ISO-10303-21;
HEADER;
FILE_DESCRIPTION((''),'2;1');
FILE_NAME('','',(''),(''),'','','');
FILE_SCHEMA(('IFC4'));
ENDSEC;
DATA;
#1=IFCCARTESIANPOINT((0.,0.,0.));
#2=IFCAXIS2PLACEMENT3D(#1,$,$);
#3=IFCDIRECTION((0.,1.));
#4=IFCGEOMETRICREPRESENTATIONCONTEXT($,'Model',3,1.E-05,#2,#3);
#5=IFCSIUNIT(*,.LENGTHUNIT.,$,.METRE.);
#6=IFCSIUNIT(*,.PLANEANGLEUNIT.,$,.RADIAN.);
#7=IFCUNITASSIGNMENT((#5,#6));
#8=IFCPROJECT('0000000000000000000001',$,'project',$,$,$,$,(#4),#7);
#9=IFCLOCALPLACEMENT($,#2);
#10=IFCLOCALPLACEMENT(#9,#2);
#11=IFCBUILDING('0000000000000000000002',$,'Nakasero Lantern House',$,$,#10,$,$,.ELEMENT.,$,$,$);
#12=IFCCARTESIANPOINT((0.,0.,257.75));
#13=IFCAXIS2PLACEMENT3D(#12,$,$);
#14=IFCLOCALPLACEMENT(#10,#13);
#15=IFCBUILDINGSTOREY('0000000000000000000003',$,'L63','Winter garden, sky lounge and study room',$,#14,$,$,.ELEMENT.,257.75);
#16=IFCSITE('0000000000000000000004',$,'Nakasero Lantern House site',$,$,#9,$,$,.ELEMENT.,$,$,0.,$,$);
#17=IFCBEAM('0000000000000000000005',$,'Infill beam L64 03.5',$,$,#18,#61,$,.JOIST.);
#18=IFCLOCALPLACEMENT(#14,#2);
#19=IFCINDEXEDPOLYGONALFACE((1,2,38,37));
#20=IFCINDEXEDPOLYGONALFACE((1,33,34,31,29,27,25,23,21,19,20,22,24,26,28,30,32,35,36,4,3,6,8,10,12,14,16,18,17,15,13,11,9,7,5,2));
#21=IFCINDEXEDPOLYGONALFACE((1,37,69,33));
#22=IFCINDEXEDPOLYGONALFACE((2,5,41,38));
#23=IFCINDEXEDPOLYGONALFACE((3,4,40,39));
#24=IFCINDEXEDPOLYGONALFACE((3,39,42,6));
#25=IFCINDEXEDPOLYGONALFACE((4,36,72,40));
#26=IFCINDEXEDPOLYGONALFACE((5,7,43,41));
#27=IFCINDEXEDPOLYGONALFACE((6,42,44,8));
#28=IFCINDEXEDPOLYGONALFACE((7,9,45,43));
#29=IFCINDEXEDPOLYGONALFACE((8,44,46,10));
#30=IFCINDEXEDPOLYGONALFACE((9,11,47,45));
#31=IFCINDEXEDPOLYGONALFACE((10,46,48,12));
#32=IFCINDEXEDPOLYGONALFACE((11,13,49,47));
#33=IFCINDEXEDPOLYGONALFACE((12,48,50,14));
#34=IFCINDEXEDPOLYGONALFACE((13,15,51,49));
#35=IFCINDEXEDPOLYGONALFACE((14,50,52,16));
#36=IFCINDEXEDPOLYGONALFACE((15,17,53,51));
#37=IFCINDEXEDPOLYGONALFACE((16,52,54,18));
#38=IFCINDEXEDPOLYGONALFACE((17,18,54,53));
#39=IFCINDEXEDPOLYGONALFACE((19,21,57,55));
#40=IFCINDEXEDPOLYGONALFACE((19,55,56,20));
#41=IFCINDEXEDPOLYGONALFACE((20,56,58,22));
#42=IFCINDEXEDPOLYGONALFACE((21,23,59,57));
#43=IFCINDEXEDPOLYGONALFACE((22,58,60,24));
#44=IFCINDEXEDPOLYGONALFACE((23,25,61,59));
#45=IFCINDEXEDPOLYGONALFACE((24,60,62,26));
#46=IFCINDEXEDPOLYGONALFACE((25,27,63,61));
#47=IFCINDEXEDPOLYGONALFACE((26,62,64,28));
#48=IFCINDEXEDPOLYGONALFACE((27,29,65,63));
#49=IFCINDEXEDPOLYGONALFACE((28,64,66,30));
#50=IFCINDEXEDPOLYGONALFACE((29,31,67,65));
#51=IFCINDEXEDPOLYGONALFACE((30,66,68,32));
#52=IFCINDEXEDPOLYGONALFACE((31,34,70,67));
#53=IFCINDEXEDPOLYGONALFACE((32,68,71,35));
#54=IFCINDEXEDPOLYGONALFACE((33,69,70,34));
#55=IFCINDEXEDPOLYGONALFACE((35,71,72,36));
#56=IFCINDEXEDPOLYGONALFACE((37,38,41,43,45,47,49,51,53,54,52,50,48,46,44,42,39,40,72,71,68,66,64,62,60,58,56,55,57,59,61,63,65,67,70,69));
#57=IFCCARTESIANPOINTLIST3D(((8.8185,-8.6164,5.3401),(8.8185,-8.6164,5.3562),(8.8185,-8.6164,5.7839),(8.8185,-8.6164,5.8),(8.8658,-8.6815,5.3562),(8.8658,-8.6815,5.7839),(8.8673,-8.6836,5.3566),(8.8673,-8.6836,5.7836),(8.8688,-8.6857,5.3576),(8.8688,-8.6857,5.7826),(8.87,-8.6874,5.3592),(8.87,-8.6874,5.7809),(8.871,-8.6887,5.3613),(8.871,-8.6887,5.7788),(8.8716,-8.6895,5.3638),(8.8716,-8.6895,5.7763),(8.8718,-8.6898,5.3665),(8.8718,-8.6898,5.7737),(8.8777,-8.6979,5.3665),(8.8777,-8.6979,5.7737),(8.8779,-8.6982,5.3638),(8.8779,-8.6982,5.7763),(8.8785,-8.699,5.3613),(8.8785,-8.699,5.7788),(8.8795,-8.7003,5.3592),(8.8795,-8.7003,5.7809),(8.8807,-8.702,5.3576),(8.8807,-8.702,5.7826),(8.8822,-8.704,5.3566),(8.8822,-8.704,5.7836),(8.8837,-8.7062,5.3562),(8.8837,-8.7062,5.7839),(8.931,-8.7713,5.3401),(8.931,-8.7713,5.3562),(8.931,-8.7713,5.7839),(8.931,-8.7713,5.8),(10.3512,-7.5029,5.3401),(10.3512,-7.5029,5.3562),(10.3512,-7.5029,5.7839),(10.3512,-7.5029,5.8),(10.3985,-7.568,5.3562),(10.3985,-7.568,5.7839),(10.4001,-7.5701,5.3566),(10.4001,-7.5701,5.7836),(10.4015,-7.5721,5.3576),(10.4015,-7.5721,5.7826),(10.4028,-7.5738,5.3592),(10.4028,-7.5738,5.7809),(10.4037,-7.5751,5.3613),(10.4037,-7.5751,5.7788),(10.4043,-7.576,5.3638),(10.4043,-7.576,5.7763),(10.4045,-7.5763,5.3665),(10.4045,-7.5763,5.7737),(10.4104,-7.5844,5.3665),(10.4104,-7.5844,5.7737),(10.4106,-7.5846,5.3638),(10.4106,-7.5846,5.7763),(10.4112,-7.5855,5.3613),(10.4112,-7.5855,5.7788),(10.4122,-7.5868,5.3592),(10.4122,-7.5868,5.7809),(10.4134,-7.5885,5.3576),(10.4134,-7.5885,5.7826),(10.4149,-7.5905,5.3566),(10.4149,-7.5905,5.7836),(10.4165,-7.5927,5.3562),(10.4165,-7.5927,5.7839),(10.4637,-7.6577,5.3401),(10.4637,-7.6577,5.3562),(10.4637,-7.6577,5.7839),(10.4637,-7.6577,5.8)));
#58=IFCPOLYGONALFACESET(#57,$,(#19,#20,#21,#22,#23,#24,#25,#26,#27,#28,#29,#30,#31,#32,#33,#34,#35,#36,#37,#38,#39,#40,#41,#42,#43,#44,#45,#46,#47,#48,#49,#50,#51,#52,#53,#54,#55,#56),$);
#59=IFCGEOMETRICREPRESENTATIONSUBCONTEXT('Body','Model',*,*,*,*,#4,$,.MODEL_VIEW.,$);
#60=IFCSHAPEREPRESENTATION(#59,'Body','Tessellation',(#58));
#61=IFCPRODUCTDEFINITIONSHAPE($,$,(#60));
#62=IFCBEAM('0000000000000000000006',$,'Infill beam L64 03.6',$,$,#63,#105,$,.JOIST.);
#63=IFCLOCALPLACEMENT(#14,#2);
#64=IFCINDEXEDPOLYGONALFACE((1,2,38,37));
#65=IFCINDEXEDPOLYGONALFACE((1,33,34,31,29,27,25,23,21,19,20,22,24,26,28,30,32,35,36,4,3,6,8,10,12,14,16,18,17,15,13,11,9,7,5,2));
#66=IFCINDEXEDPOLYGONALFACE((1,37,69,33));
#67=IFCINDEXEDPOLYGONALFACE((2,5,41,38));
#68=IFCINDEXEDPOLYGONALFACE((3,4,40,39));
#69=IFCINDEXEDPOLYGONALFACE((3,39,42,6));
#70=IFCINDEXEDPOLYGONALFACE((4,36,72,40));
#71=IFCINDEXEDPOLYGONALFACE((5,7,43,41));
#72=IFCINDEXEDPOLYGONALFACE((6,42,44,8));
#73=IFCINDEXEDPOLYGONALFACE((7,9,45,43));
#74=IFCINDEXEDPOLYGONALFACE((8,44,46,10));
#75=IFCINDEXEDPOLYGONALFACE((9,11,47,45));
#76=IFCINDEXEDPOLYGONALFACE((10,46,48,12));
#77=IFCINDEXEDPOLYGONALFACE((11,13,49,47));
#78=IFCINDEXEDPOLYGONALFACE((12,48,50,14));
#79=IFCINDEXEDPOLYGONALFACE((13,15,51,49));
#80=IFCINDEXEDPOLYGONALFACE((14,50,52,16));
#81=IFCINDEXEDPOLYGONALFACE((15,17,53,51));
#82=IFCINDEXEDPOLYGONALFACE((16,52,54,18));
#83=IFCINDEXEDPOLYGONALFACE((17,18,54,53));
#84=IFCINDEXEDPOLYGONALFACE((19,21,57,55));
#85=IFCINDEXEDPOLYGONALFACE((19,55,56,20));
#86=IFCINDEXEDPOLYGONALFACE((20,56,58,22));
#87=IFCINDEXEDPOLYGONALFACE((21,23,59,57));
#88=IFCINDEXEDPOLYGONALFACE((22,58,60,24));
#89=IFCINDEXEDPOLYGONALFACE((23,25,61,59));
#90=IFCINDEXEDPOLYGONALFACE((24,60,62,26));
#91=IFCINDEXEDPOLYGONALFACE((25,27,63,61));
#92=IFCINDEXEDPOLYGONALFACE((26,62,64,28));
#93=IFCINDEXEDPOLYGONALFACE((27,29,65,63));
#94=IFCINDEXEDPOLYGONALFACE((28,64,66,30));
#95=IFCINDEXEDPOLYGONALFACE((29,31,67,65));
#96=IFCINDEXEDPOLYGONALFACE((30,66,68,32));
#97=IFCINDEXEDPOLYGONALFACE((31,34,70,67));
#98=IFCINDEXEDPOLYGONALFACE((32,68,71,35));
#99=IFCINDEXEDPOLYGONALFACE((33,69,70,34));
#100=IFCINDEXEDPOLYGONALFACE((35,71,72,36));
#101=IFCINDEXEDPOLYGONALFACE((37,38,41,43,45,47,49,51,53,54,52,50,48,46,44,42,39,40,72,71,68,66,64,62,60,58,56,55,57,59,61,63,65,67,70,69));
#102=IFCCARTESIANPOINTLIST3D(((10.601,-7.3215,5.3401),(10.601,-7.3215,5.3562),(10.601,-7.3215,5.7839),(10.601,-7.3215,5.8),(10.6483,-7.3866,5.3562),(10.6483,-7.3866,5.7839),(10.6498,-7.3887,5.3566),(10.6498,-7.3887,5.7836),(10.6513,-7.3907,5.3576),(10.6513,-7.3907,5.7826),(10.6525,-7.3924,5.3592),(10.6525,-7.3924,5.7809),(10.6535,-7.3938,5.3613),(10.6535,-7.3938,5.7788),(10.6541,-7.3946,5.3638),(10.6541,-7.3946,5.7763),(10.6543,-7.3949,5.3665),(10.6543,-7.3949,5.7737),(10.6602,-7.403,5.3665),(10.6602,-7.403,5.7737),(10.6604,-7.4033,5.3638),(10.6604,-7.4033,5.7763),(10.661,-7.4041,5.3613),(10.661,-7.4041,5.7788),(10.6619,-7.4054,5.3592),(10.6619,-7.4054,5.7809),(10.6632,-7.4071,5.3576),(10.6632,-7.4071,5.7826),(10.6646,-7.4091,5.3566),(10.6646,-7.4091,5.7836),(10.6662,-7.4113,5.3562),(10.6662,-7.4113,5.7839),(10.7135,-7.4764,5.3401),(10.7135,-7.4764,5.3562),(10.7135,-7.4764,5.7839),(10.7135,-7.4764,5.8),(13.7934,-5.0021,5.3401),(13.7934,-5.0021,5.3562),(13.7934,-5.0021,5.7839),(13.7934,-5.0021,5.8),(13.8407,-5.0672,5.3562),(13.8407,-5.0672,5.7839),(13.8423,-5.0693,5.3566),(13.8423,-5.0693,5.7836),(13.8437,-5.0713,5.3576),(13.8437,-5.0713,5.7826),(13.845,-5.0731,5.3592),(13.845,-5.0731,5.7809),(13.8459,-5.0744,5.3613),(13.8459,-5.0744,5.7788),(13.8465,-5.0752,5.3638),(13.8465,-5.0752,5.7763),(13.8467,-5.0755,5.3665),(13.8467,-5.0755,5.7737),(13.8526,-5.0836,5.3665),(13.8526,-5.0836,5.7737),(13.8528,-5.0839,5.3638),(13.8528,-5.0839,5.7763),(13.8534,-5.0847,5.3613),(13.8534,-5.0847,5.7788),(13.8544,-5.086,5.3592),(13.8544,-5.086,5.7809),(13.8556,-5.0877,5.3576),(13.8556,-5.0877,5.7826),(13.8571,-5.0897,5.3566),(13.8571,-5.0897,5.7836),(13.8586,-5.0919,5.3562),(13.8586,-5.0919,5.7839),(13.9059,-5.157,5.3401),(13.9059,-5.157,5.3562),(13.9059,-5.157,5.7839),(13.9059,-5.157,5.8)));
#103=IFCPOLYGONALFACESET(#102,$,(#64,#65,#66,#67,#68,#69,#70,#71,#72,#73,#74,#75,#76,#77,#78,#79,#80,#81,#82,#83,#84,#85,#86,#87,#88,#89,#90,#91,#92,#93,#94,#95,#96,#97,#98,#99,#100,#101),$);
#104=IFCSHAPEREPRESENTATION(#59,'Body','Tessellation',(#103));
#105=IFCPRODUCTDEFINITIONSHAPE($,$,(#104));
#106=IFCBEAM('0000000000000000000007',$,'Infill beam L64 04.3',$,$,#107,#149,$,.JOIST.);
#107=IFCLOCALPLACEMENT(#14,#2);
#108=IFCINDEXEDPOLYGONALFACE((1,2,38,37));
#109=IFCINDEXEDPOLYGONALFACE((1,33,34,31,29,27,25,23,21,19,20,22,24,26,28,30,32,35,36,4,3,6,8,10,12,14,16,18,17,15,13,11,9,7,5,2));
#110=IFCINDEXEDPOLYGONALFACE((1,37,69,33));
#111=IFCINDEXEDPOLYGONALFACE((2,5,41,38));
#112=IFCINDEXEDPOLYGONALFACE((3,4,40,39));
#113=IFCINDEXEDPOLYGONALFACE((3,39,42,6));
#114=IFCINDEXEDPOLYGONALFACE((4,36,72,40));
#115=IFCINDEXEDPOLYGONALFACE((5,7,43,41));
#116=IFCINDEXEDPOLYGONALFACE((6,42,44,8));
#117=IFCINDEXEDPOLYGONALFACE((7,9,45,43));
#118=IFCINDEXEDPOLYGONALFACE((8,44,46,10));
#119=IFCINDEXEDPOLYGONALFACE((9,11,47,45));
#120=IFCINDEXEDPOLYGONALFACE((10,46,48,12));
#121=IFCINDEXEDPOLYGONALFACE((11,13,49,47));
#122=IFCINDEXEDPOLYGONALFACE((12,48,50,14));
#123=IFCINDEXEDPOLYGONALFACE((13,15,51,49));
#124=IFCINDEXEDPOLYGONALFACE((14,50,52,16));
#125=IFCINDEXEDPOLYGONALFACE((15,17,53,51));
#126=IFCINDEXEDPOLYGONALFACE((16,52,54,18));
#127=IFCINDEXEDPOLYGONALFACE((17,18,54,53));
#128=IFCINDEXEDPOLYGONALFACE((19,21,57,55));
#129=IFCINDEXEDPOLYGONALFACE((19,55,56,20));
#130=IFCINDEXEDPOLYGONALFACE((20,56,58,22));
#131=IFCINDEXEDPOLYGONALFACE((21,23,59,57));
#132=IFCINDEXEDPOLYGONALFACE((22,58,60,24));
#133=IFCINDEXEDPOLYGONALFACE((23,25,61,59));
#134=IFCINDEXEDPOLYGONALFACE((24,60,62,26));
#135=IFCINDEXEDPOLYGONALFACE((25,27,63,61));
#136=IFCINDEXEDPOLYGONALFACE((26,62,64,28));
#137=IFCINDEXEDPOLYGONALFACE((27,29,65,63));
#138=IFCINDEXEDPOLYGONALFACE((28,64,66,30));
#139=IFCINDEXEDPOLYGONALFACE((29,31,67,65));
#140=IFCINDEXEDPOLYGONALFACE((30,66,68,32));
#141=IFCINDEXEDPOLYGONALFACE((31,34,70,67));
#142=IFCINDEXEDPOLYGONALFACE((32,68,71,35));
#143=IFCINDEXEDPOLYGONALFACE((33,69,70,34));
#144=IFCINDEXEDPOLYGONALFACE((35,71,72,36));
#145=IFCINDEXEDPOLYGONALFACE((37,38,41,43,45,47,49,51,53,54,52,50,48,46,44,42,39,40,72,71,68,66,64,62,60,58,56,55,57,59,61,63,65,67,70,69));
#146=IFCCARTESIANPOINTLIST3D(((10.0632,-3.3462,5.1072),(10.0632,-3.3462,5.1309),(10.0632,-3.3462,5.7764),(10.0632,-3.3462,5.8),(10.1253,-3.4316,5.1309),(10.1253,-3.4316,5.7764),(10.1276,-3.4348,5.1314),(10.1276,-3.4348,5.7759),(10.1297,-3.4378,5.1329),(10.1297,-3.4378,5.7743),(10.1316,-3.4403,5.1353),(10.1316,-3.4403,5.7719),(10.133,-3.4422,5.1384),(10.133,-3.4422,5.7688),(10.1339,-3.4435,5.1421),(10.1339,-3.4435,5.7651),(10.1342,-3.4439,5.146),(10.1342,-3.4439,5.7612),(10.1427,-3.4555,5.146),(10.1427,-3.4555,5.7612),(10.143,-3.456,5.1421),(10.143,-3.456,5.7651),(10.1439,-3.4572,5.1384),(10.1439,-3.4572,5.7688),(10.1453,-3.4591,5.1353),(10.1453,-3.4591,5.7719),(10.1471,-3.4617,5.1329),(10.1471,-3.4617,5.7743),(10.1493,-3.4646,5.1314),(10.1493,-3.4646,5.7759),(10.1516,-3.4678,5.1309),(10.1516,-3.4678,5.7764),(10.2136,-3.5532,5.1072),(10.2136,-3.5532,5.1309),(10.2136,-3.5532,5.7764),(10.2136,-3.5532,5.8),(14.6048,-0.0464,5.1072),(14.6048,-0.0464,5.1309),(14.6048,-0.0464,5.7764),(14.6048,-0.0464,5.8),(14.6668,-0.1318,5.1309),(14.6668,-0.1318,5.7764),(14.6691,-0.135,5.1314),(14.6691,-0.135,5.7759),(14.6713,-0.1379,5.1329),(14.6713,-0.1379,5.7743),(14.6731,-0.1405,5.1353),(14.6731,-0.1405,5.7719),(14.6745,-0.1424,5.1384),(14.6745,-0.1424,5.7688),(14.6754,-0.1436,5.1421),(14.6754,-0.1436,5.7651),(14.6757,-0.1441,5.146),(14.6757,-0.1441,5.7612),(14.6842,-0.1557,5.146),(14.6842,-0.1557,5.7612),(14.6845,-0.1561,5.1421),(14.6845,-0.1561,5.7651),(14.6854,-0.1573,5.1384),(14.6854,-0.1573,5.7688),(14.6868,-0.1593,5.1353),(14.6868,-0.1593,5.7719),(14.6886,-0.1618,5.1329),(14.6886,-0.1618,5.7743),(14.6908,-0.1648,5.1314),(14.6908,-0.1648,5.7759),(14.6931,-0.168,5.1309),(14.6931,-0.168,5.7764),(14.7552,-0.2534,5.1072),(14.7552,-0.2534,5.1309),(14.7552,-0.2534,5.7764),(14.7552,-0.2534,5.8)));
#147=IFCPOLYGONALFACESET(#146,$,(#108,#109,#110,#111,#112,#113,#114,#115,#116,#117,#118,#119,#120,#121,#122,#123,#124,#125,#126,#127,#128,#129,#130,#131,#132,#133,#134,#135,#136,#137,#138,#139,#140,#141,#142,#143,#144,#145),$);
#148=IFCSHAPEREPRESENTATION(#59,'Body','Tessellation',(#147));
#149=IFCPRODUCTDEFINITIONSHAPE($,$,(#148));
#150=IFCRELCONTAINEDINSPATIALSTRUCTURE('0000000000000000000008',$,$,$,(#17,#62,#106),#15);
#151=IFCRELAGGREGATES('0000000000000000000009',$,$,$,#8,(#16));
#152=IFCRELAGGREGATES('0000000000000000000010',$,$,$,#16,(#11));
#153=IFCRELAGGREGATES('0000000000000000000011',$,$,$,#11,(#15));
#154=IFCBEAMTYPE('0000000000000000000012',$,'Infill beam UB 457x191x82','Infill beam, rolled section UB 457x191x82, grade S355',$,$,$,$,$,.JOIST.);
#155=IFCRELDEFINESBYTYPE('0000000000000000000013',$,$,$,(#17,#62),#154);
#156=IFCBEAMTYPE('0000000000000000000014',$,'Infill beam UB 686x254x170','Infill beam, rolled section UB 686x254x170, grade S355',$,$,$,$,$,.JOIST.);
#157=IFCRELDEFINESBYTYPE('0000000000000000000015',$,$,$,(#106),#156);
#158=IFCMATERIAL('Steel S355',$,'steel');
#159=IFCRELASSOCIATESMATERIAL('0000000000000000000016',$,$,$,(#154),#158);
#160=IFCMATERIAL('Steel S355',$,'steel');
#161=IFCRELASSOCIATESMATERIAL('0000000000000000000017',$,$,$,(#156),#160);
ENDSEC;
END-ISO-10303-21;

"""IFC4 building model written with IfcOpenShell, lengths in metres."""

from ifc_helpers import new_model, si_unit, direction, frame, origin, origin_2d, place, context, subcontext, project, spatial, i_section, extrude, material, material_profile, profile_set, type_object, element, save


model = new_model("IFC4")

# Units and contexts
model_context = context("Model", 3, precision=1e-05, world=origin(), true_north=direction((0.0, 1.0)))
body_context = subcontext(model_context, "Body", "Model", "MODEL_VIEW")
ifc_project = project(units=[si_unit("LENGTHUNIT", "METRE"), si_unit("PLANEANGLEUNIT", "RADIAN")], contexts=[model_context])

# Site, building, storey
site_placement = place(None, origin())
site = spatial("IfcSite", under=ifc_project, at=site_placement, Name="Nakasero Lantern House site", CompositionType="ELEMENT", RefElevation=0.0)
building_placement = place(site_placement, origin())
building = spatial("IfcBuilding", under=site, at=building_placement, Name="Nakasero Lantern House", CompositionType="ELEMENT")
storey_placement = place(building_placement, frame((0.0, 0.0, 257.75)))
storey = spatial("IfcBuildingStorey", under=building, at=storey_placement, Name="L63", Description="Winter garden, sky lounge and study room", CompositionType="ELEMENT", Elevation=257.75)

# Beams
ifc_material_1 = material(Name="Steel S355", Category="steel")
ifc_material_profile_1 = material_profile(ifc_material_1, i_section(OverallWidth=0.1914, OverallDepth=0.46, WebThickness=0.01, FlangeThickness=0.0161, FilletRadius=0.0103, at=origin_2d()), Name="UB 457x191x82")
ifc_profile_set_1 = profile_set([ifc_material_profile_1], Name="Steel S355")
beam_type_1 = type_object("IfcBeamType", Name="Infill beam UB 457x191x82", Description="Infill beam, rolled section UB 457x191x82, grade S355", PredefinedType="JOIST", material=ifc_profile_set_1)
beam_1_placement = place(storey_placement, frame((8.8748, -8.6938, 5.5701), z_axis=(0.809031, 0.587766, 0.0), x_axis=(-0.587766, 0.809031, 0.0)))
element("IfcBeam", 1, at=beam_1_placement, inside=storey, type_object=beam_type_1, Name="Infill beam L64 03.5", PredefinedType="JOIST", context=body_context, shape_type="SweptSolid", body=[
    extrude(i_section(OverallWidth=0.1914, OverallDepth=0.46, WebThickness=0.01, FlangeThickness=0.0161, FilletRadius=0.0103, at=origin_2d()), origin(), (0.0, 0.0, 1.0), 1.8945),
])
beam_2_placement = place(storey_placement, frame((10.6572, -7.3989, 5.5701), z_axis=(0.809025, 0.587774, 0.0), x_axis=(-0.587774, 0.809025, 0.0)))
element("IfcBeam", 2, at=beam_2_placement, inside=storey, type_object=beam_type_1, Name="Infill beam L64 03.6", PredefinedType="JOIST", context=body_context, shape_type="SweptSolid", body=[
    extrude(i_section(OverallWidth=0.1914, OverallDepth=0.46, WebThickness=0.01, FlangeThickness=0.0161, FilletRadius=0.0103, at=origin_2d()), origin(), (0.0, 0.0, 1.0), 3.946),
])
ifc_material_2 = material(Name="Steel S355", Category="steel")
ifc_material_profile_2 = material_profile(ifc_material_2, i_section(OverallWidth=0.2559, OverallDepth=0.6929, WebThickness=0.0144, FlangeThickness=0.0237, FilletRadius=0.0151, at=origin_2d()), Name="UB 686x254x170")
ifc_profile_set_2 = profile_set([ifc_material_profile_2], Name="Steel S355")
beam_type_2 = type_object("IfcBeamType", Name="Infill beam UB 686x254x170", Description="Infill beam, rolled section UB 686x254x170, grade S355", PredefinedType="JOIST", material=ifc_profile_set_2)
beam_3_placement = place(storey_placement, frame((10.1384, -3.4497, 5.4536), z_axis=(0.808999, 0.58781, 0.0), x_axis=(-0.58781, 0.808999, 0.0)))
element("IfcBeam", 3, at=beam_3_placement, inside=storey, type_object=beam_type_2, Name="Infill beam L64 04.3", PredefinedType="JOIST", context=body_context, shape_type="SweptSolid", body=[
    extrude(i_section(OverallWidth=0.2559, OverallDepth=0.6929, WebThickness=0.0144, FlangeThickness=0.0237, FilletRadius=0.0151, at=origin_2d()), origin(), (0.0, 0.0, 1.0), 5.6138),
])

save(model, "model.ifc")
